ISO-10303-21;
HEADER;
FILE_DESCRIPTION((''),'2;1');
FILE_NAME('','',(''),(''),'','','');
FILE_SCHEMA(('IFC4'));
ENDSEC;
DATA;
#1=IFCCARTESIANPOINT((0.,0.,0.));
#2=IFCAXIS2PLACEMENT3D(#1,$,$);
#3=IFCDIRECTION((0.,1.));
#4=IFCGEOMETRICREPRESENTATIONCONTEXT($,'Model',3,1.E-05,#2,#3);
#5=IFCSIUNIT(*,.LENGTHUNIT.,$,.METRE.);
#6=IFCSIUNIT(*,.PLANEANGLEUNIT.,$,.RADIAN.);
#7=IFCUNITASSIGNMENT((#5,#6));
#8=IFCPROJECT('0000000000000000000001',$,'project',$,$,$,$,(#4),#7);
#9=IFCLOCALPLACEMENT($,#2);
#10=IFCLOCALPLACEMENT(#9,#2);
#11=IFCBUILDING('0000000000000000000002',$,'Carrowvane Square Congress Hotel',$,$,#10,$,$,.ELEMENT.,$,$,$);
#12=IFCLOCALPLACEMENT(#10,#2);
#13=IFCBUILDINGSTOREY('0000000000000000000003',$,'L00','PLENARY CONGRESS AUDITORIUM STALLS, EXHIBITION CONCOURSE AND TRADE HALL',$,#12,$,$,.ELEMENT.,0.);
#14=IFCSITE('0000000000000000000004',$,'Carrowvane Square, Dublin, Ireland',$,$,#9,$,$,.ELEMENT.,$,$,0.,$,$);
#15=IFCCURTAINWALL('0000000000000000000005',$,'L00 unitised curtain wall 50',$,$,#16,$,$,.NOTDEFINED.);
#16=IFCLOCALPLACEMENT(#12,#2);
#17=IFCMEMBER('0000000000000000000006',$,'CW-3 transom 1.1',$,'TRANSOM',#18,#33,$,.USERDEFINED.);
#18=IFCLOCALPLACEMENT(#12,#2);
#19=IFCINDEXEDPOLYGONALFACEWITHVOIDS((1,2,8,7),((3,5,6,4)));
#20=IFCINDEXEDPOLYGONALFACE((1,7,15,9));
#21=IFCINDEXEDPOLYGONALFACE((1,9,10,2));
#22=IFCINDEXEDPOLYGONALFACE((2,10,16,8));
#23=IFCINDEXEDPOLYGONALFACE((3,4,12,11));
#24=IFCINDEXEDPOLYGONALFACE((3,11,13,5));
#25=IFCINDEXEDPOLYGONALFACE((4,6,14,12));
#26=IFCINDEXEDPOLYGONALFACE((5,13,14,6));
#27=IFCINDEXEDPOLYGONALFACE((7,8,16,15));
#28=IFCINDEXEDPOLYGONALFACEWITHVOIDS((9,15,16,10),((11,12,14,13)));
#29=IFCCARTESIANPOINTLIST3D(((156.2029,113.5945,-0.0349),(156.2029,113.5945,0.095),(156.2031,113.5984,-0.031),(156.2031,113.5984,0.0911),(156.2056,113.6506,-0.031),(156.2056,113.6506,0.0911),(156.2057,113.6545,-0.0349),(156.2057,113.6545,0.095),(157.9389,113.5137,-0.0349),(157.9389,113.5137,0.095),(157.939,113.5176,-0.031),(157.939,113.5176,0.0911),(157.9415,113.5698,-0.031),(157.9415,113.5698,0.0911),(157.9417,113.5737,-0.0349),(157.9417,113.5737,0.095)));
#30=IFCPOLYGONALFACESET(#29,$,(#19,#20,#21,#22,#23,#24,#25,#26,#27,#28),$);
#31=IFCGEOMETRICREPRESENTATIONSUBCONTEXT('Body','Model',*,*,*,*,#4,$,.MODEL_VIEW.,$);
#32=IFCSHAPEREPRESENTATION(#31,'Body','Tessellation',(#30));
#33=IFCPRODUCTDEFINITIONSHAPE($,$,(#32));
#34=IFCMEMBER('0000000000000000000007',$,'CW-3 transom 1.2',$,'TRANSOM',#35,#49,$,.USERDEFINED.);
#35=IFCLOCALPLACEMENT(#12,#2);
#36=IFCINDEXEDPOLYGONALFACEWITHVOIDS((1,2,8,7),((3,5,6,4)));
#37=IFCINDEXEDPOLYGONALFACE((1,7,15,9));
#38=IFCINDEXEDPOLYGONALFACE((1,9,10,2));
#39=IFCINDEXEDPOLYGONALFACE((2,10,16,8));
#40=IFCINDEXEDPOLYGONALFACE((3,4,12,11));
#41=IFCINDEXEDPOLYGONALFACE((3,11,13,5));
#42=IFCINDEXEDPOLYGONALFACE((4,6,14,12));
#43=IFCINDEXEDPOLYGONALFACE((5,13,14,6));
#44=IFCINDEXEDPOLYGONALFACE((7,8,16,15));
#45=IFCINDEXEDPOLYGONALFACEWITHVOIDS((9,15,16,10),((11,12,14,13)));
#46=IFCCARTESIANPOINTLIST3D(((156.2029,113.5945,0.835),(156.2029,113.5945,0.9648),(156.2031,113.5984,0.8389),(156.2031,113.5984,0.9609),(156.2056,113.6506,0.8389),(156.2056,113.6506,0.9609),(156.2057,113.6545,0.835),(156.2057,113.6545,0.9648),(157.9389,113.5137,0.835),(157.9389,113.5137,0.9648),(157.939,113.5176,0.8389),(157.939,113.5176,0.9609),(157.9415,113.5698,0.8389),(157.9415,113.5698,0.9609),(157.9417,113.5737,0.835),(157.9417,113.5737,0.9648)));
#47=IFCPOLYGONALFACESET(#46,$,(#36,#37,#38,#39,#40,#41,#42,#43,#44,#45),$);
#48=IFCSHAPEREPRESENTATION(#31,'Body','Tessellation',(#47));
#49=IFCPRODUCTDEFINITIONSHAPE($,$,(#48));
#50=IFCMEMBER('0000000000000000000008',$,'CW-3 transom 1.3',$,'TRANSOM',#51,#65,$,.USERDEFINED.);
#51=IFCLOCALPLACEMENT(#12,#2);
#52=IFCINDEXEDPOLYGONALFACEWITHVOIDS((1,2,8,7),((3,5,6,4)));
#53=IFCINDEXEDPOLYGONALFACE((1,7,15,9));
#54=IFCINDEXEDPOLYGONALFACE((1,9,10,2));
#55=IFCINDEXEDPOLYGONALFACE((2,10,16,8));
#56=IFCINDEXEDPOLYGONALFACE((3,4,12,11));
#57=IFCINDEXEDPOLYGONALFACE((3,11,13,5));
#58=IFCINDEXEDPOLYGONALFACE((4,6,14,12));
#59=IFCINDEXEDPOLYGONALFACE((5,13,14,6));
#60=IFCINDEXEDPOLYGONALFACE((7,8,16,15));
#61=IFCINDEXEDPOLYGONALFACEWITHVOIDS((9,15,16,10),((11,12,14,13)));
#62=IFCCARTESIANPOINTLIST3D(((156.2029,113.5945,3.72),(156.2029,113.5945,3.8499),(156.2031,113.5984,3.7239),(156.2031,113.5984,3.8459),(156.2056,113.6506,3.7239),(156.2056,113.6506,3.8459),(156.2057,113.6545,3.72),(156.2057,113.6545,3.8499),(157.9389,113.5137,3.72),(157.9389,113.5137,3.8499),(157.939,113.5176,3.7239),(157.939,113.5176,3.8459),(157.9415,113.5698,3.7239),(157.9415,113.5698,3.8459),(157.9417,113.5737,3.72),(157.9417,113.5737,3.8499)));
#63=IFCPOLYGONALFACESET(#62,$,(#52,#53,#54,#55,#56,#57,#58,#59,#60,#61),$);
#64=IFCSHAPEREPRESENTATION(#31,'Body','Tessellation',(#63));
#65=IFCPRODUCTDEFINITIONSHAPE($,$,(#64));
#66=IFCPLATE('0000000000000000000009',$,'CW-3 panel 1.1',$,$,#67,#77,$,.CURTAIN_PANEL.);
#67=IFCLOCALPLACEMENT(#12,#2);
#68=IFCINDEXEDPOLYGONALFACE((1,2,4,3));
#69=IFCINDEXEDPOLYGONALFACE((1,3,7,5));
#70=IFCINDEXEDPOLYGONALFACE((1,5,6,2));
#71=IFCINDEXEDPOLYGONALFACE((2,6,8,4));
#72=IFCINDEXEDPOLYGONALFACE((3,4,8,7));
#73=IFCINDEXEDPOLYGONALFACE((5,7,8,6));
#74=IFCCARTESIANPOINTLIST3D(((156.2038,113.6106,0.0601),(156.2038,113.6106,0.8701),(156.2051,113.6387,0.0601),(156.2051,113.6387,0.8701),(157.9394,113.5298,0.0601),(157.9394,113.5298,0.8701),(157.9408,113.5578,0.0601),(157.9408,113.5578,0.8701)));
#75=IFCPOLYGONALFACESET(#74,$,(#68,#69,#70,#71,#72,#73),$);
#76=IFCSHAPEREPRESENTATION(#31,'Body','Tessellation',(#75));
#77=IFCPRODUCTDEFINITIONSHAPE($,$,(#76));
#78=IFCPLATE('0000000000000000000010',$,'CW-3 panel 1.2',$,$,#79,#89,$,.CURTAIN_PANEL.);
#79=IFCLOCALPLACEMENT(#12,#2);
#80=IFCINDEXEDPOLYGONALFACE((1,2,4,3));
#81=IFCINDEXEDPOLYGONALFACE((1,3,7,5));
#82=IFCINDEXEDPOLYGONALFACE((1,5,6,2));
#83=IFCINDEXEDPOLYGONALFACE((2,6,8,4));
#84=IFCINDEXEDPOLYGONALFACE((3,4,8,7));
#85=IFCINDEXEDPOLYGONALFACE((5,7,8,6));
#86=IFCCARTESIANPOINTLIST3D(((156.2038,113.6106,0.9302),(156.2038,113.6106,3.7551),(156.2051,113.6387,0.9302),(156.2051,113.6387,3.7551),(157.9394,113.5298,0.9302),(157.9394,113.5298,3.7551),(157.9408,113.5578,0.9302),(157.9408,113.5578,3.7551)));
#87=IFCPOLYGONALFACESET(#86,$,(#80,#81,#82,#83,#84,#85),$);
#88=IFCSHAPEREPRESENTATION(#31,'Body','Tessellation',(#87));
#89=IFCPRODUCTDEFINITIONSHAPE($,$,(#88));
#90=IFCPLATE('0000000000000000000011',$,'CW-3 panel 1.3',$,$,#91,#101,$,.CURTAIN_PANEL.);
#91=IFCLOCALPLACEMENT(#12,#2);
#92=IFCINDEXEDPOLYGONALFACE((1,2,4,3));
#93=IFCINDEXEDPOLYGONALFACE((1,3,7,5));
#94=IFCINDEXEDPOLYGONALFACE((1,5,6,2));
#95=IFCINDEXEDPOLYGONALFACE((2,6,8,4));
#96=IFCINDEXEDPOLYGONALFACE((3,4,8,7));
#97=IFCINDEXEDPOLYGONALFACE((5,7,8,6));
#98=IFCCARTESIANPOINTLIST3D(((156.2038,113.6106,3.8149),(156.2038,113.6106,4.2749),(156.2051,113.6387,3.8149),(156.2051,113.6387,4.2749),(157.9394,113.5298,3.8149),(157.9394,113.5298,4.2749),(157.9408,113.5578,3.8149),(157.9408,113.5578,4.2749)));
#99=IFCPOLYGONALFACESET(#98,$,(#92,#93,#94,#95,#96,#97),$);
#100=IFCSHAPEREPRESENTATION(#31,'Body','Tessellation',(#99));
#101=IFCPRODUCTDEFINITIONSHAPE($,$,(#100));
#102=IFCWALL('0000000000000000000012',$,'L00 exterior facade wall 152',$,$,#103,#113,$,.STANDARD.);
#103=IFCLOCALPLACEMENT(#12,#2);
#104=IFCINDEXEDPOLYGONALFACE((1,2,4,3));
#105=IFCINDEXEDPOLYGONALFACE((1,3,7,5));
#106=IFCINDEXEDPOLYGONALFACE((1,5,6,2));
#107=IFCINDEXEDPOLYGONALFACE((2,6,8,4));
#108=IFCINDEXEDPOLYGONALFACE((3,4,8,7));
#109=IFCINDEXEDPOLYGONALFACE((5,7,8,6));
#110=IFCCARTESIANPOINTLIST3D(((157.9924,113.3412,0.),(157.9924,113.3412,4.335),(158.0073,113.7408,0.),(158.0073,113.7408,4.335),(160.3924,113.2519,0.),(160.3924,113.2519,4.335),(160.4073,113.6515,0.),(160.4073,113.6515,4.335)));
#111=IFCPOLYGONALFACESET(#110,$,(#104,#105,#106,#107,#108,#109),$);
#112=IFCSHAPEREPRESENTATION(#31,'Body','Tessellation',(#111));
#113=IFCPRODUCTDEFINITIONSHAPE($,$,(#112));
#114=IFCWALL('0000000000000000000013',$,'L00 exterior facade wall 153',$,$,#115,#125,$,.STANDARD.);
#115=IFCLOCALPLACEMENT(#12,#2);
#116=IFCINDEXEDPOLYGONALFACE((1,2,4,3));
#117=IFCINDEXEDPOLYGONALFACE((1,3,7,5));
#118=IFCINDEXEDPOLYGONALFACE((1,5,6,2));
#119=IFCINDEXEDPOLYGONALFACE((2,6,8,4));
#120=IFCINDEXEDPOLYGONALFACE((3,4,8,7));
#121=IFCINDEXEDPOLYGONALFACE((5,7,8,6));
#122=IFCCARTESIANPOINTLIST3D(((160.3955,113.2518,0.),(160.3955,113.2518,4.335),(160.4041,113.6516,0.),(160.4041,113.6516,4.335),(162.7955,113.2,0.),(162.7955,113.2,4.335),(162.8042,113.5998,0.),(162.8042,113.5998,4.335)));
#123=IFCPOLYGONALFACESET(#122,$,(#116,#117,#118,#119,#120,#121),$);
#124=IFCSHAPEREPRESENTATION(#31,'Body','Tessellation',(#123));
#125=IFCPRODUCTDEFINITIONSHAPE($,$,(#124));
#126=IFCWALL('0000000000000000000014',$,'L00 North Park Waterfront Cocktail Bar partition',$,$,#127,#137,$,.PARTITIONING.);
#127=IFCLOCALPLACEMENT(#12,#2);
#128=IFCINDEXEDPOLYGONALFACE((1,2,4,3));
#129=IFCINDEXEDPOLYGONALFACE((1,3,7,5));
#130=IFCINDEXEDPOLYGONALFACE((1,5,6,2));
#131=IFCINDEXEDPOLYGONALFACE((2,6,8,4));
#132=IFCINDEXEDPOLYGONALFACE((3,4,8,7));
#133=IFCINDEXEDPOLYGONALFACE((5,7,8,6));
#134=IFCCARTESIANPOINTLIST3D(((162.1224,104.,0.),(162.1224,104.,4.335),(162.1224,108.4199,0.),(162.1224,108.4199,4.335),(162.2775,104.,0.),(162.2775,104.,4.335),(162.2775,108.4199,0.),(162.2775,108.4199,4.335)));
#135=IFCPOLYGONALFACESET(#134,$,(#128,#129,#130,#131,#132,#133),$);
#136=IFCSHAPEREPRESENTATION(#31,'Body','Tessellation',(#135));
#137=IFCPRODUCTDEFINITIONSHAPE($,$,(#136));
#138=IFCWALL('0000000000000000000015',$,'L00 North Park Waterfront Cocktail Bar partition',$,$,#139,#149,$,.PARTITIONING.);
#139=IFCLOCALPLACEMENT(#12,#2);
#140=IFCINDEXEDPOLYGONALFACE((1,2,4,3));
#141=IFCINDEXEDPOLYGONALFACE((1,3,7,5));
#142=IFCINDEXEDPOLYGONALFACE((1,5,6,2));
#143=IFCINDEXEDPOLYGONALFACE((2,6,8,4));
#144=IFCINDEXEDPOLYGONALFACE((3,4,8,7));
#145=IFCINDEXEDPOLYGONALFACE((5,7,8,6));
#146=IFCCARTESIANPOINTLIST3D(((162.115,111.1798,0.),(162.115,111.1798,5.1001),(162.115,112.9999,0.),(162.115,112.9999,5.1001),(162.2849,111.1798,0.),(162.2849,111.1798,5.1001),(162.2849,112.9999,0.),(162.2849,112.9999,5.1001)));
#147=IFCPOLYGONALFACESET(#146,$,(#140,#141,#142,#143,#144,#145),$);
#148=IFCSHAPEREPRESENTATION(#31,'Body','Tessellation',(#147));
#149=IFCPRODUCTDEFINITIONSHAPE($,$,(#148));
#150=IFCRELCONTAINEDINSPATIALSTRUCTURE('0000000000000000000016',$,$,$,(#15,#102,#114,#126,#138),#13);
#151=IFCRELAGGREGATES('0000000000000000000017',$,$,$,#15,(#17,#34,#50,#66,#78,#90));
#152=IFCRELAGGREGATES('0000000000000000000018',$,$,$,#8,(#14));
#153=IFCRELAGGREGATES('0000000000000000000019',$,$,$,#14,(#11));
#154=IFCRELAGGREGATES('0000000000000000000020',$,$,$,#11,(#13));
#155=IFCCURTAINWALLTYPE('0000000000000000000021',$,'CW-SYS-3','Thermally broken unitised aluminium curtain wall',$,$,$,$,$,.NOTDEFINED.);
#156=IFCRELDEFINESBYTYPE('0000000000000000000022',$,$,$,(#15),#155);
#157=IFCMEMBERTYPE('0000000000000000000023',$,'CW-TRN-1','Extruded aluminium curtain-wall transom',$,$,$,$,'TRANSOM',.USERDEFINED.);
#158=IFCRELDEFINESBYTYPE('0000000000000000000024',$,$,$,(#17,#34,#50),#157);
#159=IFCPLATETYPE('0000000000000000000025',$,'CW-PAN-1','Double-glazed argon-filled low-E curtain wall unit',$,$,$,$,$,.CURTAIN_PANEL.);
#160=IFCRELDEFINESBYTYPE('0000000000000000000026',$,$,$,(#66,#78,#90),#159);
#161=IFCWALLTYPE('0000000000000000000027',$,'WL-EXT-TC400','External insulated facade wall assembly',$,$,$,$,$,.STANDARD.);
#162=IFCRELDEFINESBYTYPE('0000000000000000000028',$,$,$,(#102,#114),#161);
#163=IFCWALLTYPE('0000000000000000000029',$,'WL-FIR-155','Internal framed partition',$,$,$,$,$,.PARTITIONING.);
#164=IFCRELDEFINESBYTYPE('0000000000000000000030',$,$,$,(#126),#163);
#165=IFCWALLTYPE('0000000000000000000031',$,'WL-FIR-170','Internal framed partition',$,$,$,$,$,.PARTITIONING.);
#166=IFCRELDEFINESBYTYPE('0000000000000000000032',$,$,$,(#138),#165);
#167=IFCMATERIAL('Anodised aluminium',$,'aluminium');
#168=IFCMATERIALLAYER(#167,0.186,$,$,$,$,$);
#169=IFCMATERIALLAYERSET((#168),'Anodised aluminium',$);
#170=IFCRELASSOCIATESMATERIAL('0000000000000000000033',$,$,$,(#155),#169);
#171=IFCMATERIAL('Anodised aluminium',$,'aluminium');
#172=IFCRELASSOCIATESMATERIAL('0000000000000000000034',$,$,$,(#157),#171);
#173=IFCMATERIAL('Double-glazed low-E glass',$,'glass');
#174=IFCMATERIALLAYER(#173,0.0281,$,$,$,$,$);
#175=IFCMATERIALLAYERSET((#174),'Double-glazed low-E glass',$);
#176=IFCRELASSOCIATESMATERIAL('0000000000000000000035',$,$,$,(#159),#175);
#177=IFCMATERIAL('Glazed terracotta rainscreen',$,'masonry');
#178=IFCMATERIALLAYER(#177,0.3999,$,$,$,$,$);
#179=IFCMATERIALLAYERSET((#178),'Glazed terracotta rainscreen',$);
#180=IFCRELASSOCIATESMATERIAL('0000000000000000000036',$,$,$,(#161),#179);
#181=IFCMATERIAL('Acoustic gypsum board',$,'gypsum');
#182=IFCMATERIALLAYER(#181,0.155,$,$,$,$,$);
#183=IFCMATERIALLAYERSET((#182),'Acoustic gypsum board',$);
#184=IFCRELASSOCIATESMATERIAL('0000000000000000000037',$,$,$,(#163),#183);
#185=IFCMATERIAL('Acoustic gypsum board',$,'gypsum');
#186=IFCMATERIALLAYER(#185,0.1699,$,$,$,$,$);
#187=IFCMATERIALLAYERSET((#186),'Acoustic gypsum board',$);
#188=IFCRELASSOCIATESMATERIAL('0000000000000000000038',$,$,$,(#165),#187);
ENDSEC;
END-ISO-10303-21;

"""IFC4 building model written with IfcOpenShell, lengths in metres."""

from ifc_helpers import new_model, si_unit, direction, frame, frame_2d, origin, origin_2d, place, context, subcontext, project, spatial, rectangle, hollow_rectangle, extrude, material, layer, layer_set, material_profile, profile_set, type_object, element, aggregate, save


model = new_model("IFC4")

# Units and contexts
model_context = context("Model", 3, precision=1e-05, world=origin(), true_north=direction((0.0, 1.0)))
body_context = subcontext(model_context, "Body", "Model", "MODEL_VIEW")
ifc_project = project(units=[si_unit("LENGTHUNIT", "METRE"), si_unit("PLANEANGLEUNIT", "RADIAN")], contexts=[model_context])

# Site, building, storey
site_placement = place(None, origin())
site = spatial("IfcSite", under=ifc_project, at=site_placement, Name="Carrowvane Square, Dublin, Ireland", CompositionType="ELEMENT", RefElevation=0.0)
building_placement = place(site_placement, origin())
building = spatial("IfcBuilding", under=site, at=building_placement, Name="Carrowvane Square Congress Hotel", CompositionType="ELEMENT")
storey_placement = place(building_placement, origin())
storey = spatial("IfcBuildingStorey", under=building, at=storey_placement, Name="L00", Description="PLENARY CONGRESS AUDITORIUM STALLS, EXHIBITION CONCOURSE AND TRADE HALL", CompositionType="ELEMENT", Elevation=0.0)

# Curtain wall, members, plates
ifc_material_1 = material(Name="Anodised aluminium", Category="aluminium")
ifc_layer_1 = layer(ifc_material_1, 0.186)
ifc_layer_set_1 = layer_set([ifc_layer_1], Name="Anodised aluminium")
curtain_wall_type = type_object("IfcCurtainWallType", Name="CW-SYS-3", Description="Thermally broken unitised aluminium curtain wall", PredefinedType="NOTDEFINED", material=ifc_layer_set_1)
curtain_wall_placement = place(storey_placement, origin())
curtain_wall = element("IfcCurtainWall", 1, at=curtain_wall_placement, inside=storey, type_object=curtain_wall_type, Name="L00 unitised curtain wall 50", PredefinedType="NOTDEFINED")
ifc_material_2 = material(Name="Anodised aluminium", Category="aluminium")
ifc_material_profile_1 = material_profile(ifc_material_2, hollow_rectangle(XDim=0.0601, YDim=0.1299, WallThickness=0.0039, at=origin_2d()), Name="CW-TR 60x130x4")
ifc_profile_set_1 = profile_set([ifc_material_profile_1], Name="Anodised aluminium")
member_type_1 = type_object("IfcMemberType", Name="CW-TRN-1", Description="Extruded aluminium curtain-wall transom", ElementType="TRANSOM", PredefinedType="USERDEFINED", material=ifc_profile_set_1)
member_1_placement = place(storey_placement, frame((156.2043, 113.6245, 0.03), z_axis=(0.998918, -0.046504, 0.0), x_axis=(0.046504, 0.998918, 0.0)))
member_1 = element("IfcMember", 2, at=member_1_placement, type_object=member_type_1, Name="CW-3 transom 1.1", ObjectType="TRANSOM", PredefinedType="USERDEFINED", context=body_context, shape_type="SweptSolid", body=[
    extrude(hollow_rectangle(XDim=0.0601, YDim=0.1299, WallThickness=0.0039, at=origin_2d()), origin(), (0.0, 0.0, 1.0), 1.7378),
])
member_2_placement = place(storey_placement, frame((156.2043, 113.6245, 0.8999), z_axis=(0.998918, -0.046504, 0.0), x_axis=(0.046504, 0.998918, 0.0)))
member_2 = element("IfcMember", 3, at=member_2_placement, type_object=member_type_1, Name="CW-3 transom 1.2", ObjectType="TRANSOM", PredefinedType="USERDEFINED", context=body_context, shape_type="SweptSolid", body=[
    extrude(hollow_rectangle(XDim=0.0601, YDim=0.1299, WallThickness=0.0039, at=origin_2d()), origin(), (0.0, 0.0, 1.0), 1.7378),
])
member_3_placement = place(storey_placement, frame((156.2043, 113.6245, 3.7849), z_axis=(0.998918, -0.046504, 0.0), x_axis=(0.046504, 0.998918, 0.0)))
member_3 = element("IfcMember", 4, at=member_3_placement, type_object=member_type_1, Name="CW-3 transom 1.3", ObjectType="TRANSOM", PredefinedType="USERDEFINED", context=body_context, shape_type="SweptSolid", body=[
    extrude(hollow_rectangle(XDim=0.0601, YDim=0.1299, WallThickness=0.0039, at=origin_2d()), origin(), (0.0, 0.0, 1.0), 1.7378),
])
ifc_material_3 = material(Name="Double-glazed low-E glass", Category="glass")
ifc_layer_2 = layer(ifc_material_3, 0.0281)
ifc_layer_set_2 = layer_set([ifc_layer_2], Name="Double-glazed low-E glass")
plate_type = type_object("IfcPlateType", Name="CW-PAN-1", Description="Double-glazed argon-filled low-E curtain wall unit", PredefinedType="CURTAIN_PANEL", material=ifc_layer_set_2)
plate_1_placement = place(storey_placement, frame((157.0723, 113.5842, 0.0601), z_axis=(0.0, 0.0, 1.0), x_axis=(0.998917, -0.046517, 0.0)))
plate_1 = element("IfcPlate", 5, at=plate_1_placement, type_object=plate_type, Name="CW-3 panel 1.1", PredefinedType="CURTAIN_PANEL", context=body_context, shape_type="SweptSolid", body=[
    extrude(rectangle(XDim=1.7375, YDim=0.0281, at=origin_2d()), origin(), (0.0, 0.0, 1.0), 0.8101),
])
plate_2_placement = place(storey_placement, frame((157.0723, 113.5842, 0.9302), z_axis=(0.0, 0.0, 1.0), x_axis=(0.998917, -0.046517, 0.0)))
plate_2 = element("IfcPlate", 6, at=plate_2_placement, type_object=plate_type, Name="CW-3 panel 1.2", PredefinedType="CURTAIN_PANEL", context=body_context, shape_type="SweptSolid", body=[
    extrude(rectangle(XDim=1.7375, YDim=0.0281, at=origin_2d()), origin(), (0.0, 0.0, 1.0), 2.825),
])
plate_3_placement = place(storey_placement, frame((157.0723, 113.5842, 3.8149), z_axis=(0.0, 0.0, 1.0), x_axis=(0.998917, -0.046517, 0.0)))
plate_3 = element("IfcPlate", 7, at=plate_3_placement, type_object=plate_type, Name="CW-3 panel 1.3", PredefinedType="CURTAIN_PANEL", context=body_context, shape_type="SweptSolid", body=[
    extrude(rectangle(XDim=1.7375, YDim=0.0281, at=origin_2d()), origin(), (0.0, 0.0, 1.0), 0.46),
])
aggregate(curtain_wall, [member_1, member_2, member_3, plate_1, plate_2, plate_3])

# Walls
ifc_material_4 = material(Name="Glazed terracotta rainscreen", Category="masonry")
ifc_layer_3 = layer(ifc_material_4, 0.3999)
ifc_layer_set_3 = layer_set([ifc_layer_3], Name="Glazed terracotta rainscreen")
wall_type_1 = type_object("IfcWallType", Name="WL-EXT-TC400", Description="External insulated facade wall assembly", PredefinedType="STANDARD", material=ifc_layer_set_3)
wall_1_placement = place(storey_placement, frame((158.0, 113.541, 0.0), z_axis=(0.0, 0.0, 1.0), x_axis=(0.999308, -0.037207, 0.0)))
element("IfcWall", 8, at=wall_1_placement, inside=storey, type_object=wall_type_1, Name="L00 exterior facade wall 152", PredefinedType="STANDARD", context=body_context, shape_type="SweptSolid", body=[
    extrude(rectangle(XDim=2.4016, YDim=0.3999, at=frame_2d((1.2007, 0.0))), origin(), (0.0, 0.0, 1.0), 4.335),
])
wall_2_placement = place(storey_placement, frame((160.3999, 113.4517, 0.0), z_axis=(0.0, 0.0, 1.0), x_axis=(0.999768, -0.021559, 0.0)))
element("IfcWall", 9, at=wall_2_placement, inside=storey, type_object=wall_type_1, Name="L00 exterior facade wall 153", PredefinedType="STANDARD", context=body_context, shape_type="SweptSolid", body=[
    extrude(rectangle(XDim=2.4006, YDim=0.3999, at=frame_2d((1.2002, 0.0))), origin(), (0.0, 0.0, 1.0), 4.335),
])

# Walls
ifc_material_5 = material(Name="Acoustic gypsum board", Category="gypsum")
ifc_layer_4 = layer(ifc_material_5, 0.155)
ifc_layer_set_4 = layer_set([ifc_layer_4], Name="Acoustic gypsum board")
wall_type_2 = type_object("IfcWallType", Name="WL-FIR-155", Description="Internal framed partition", PredefinedType="PARTITIONING", material=ifc_layer_set_4)
wall_3_placement = place(storey_placement, frame((162.2, 108.4199, 0.0), z_axis=(0.0, 0.0, 1.0), x_axis=(0.0, -1.0, 0.0)))
element("IfcWall", 10, at=wall_3_placement, inside=storey, type_object=wall_type_2, Name="L00 North Park Waterfront Cocktail Bar partition", PredefinedType="PARTITIONING", context=body_context, shape_type="SweptSolid", body=[
    extrude(rectangle(XDim=4.4199, YDim=0.155, at=frame_2d((2.21, 0.0))), origin(), (0.0, 0.0, 1.0), 4.335),
])
ifc_material_6 = material(Name="Acoustic gypsum board", Category="gypsum")
ifc_layer_5 = layer(ifc_material_6, 0.1699)
ifc_layer_set_5 = layer_set([ifc_layer_5], Name="Acoustic gypsum board")
wall_type_3 = type_object("IfcWallType", Name="WL-FIR-170", Description="Internal framed partition", PredefinedType="PARTITIONING", material=ifc_layer_set_5)
wall_4_placement = place(storey_placement, frame((162.2, 113.0, 0.0), z_axis=(0.0, 0.0, 1.0), x_axis=(0.0, -1.0, 0.0)))
element("IfcWall", 11, at=wall_4_placement, inside=storey, type_object=wall_type_3, Name="L00 North Park Waterfront Cocktail Bar partition", PredefinedType="PARTITIONING", context=body_context, shape_type="SweptSolid", body=[
    extrude(rectangle(XDim=1.8201, YDim=0.1699, at=frame_2d((0.9102, 0.0))), origin(), (0.0, 0.0, 1.0), 5.1001),
])

save(model, "model.ifc")
